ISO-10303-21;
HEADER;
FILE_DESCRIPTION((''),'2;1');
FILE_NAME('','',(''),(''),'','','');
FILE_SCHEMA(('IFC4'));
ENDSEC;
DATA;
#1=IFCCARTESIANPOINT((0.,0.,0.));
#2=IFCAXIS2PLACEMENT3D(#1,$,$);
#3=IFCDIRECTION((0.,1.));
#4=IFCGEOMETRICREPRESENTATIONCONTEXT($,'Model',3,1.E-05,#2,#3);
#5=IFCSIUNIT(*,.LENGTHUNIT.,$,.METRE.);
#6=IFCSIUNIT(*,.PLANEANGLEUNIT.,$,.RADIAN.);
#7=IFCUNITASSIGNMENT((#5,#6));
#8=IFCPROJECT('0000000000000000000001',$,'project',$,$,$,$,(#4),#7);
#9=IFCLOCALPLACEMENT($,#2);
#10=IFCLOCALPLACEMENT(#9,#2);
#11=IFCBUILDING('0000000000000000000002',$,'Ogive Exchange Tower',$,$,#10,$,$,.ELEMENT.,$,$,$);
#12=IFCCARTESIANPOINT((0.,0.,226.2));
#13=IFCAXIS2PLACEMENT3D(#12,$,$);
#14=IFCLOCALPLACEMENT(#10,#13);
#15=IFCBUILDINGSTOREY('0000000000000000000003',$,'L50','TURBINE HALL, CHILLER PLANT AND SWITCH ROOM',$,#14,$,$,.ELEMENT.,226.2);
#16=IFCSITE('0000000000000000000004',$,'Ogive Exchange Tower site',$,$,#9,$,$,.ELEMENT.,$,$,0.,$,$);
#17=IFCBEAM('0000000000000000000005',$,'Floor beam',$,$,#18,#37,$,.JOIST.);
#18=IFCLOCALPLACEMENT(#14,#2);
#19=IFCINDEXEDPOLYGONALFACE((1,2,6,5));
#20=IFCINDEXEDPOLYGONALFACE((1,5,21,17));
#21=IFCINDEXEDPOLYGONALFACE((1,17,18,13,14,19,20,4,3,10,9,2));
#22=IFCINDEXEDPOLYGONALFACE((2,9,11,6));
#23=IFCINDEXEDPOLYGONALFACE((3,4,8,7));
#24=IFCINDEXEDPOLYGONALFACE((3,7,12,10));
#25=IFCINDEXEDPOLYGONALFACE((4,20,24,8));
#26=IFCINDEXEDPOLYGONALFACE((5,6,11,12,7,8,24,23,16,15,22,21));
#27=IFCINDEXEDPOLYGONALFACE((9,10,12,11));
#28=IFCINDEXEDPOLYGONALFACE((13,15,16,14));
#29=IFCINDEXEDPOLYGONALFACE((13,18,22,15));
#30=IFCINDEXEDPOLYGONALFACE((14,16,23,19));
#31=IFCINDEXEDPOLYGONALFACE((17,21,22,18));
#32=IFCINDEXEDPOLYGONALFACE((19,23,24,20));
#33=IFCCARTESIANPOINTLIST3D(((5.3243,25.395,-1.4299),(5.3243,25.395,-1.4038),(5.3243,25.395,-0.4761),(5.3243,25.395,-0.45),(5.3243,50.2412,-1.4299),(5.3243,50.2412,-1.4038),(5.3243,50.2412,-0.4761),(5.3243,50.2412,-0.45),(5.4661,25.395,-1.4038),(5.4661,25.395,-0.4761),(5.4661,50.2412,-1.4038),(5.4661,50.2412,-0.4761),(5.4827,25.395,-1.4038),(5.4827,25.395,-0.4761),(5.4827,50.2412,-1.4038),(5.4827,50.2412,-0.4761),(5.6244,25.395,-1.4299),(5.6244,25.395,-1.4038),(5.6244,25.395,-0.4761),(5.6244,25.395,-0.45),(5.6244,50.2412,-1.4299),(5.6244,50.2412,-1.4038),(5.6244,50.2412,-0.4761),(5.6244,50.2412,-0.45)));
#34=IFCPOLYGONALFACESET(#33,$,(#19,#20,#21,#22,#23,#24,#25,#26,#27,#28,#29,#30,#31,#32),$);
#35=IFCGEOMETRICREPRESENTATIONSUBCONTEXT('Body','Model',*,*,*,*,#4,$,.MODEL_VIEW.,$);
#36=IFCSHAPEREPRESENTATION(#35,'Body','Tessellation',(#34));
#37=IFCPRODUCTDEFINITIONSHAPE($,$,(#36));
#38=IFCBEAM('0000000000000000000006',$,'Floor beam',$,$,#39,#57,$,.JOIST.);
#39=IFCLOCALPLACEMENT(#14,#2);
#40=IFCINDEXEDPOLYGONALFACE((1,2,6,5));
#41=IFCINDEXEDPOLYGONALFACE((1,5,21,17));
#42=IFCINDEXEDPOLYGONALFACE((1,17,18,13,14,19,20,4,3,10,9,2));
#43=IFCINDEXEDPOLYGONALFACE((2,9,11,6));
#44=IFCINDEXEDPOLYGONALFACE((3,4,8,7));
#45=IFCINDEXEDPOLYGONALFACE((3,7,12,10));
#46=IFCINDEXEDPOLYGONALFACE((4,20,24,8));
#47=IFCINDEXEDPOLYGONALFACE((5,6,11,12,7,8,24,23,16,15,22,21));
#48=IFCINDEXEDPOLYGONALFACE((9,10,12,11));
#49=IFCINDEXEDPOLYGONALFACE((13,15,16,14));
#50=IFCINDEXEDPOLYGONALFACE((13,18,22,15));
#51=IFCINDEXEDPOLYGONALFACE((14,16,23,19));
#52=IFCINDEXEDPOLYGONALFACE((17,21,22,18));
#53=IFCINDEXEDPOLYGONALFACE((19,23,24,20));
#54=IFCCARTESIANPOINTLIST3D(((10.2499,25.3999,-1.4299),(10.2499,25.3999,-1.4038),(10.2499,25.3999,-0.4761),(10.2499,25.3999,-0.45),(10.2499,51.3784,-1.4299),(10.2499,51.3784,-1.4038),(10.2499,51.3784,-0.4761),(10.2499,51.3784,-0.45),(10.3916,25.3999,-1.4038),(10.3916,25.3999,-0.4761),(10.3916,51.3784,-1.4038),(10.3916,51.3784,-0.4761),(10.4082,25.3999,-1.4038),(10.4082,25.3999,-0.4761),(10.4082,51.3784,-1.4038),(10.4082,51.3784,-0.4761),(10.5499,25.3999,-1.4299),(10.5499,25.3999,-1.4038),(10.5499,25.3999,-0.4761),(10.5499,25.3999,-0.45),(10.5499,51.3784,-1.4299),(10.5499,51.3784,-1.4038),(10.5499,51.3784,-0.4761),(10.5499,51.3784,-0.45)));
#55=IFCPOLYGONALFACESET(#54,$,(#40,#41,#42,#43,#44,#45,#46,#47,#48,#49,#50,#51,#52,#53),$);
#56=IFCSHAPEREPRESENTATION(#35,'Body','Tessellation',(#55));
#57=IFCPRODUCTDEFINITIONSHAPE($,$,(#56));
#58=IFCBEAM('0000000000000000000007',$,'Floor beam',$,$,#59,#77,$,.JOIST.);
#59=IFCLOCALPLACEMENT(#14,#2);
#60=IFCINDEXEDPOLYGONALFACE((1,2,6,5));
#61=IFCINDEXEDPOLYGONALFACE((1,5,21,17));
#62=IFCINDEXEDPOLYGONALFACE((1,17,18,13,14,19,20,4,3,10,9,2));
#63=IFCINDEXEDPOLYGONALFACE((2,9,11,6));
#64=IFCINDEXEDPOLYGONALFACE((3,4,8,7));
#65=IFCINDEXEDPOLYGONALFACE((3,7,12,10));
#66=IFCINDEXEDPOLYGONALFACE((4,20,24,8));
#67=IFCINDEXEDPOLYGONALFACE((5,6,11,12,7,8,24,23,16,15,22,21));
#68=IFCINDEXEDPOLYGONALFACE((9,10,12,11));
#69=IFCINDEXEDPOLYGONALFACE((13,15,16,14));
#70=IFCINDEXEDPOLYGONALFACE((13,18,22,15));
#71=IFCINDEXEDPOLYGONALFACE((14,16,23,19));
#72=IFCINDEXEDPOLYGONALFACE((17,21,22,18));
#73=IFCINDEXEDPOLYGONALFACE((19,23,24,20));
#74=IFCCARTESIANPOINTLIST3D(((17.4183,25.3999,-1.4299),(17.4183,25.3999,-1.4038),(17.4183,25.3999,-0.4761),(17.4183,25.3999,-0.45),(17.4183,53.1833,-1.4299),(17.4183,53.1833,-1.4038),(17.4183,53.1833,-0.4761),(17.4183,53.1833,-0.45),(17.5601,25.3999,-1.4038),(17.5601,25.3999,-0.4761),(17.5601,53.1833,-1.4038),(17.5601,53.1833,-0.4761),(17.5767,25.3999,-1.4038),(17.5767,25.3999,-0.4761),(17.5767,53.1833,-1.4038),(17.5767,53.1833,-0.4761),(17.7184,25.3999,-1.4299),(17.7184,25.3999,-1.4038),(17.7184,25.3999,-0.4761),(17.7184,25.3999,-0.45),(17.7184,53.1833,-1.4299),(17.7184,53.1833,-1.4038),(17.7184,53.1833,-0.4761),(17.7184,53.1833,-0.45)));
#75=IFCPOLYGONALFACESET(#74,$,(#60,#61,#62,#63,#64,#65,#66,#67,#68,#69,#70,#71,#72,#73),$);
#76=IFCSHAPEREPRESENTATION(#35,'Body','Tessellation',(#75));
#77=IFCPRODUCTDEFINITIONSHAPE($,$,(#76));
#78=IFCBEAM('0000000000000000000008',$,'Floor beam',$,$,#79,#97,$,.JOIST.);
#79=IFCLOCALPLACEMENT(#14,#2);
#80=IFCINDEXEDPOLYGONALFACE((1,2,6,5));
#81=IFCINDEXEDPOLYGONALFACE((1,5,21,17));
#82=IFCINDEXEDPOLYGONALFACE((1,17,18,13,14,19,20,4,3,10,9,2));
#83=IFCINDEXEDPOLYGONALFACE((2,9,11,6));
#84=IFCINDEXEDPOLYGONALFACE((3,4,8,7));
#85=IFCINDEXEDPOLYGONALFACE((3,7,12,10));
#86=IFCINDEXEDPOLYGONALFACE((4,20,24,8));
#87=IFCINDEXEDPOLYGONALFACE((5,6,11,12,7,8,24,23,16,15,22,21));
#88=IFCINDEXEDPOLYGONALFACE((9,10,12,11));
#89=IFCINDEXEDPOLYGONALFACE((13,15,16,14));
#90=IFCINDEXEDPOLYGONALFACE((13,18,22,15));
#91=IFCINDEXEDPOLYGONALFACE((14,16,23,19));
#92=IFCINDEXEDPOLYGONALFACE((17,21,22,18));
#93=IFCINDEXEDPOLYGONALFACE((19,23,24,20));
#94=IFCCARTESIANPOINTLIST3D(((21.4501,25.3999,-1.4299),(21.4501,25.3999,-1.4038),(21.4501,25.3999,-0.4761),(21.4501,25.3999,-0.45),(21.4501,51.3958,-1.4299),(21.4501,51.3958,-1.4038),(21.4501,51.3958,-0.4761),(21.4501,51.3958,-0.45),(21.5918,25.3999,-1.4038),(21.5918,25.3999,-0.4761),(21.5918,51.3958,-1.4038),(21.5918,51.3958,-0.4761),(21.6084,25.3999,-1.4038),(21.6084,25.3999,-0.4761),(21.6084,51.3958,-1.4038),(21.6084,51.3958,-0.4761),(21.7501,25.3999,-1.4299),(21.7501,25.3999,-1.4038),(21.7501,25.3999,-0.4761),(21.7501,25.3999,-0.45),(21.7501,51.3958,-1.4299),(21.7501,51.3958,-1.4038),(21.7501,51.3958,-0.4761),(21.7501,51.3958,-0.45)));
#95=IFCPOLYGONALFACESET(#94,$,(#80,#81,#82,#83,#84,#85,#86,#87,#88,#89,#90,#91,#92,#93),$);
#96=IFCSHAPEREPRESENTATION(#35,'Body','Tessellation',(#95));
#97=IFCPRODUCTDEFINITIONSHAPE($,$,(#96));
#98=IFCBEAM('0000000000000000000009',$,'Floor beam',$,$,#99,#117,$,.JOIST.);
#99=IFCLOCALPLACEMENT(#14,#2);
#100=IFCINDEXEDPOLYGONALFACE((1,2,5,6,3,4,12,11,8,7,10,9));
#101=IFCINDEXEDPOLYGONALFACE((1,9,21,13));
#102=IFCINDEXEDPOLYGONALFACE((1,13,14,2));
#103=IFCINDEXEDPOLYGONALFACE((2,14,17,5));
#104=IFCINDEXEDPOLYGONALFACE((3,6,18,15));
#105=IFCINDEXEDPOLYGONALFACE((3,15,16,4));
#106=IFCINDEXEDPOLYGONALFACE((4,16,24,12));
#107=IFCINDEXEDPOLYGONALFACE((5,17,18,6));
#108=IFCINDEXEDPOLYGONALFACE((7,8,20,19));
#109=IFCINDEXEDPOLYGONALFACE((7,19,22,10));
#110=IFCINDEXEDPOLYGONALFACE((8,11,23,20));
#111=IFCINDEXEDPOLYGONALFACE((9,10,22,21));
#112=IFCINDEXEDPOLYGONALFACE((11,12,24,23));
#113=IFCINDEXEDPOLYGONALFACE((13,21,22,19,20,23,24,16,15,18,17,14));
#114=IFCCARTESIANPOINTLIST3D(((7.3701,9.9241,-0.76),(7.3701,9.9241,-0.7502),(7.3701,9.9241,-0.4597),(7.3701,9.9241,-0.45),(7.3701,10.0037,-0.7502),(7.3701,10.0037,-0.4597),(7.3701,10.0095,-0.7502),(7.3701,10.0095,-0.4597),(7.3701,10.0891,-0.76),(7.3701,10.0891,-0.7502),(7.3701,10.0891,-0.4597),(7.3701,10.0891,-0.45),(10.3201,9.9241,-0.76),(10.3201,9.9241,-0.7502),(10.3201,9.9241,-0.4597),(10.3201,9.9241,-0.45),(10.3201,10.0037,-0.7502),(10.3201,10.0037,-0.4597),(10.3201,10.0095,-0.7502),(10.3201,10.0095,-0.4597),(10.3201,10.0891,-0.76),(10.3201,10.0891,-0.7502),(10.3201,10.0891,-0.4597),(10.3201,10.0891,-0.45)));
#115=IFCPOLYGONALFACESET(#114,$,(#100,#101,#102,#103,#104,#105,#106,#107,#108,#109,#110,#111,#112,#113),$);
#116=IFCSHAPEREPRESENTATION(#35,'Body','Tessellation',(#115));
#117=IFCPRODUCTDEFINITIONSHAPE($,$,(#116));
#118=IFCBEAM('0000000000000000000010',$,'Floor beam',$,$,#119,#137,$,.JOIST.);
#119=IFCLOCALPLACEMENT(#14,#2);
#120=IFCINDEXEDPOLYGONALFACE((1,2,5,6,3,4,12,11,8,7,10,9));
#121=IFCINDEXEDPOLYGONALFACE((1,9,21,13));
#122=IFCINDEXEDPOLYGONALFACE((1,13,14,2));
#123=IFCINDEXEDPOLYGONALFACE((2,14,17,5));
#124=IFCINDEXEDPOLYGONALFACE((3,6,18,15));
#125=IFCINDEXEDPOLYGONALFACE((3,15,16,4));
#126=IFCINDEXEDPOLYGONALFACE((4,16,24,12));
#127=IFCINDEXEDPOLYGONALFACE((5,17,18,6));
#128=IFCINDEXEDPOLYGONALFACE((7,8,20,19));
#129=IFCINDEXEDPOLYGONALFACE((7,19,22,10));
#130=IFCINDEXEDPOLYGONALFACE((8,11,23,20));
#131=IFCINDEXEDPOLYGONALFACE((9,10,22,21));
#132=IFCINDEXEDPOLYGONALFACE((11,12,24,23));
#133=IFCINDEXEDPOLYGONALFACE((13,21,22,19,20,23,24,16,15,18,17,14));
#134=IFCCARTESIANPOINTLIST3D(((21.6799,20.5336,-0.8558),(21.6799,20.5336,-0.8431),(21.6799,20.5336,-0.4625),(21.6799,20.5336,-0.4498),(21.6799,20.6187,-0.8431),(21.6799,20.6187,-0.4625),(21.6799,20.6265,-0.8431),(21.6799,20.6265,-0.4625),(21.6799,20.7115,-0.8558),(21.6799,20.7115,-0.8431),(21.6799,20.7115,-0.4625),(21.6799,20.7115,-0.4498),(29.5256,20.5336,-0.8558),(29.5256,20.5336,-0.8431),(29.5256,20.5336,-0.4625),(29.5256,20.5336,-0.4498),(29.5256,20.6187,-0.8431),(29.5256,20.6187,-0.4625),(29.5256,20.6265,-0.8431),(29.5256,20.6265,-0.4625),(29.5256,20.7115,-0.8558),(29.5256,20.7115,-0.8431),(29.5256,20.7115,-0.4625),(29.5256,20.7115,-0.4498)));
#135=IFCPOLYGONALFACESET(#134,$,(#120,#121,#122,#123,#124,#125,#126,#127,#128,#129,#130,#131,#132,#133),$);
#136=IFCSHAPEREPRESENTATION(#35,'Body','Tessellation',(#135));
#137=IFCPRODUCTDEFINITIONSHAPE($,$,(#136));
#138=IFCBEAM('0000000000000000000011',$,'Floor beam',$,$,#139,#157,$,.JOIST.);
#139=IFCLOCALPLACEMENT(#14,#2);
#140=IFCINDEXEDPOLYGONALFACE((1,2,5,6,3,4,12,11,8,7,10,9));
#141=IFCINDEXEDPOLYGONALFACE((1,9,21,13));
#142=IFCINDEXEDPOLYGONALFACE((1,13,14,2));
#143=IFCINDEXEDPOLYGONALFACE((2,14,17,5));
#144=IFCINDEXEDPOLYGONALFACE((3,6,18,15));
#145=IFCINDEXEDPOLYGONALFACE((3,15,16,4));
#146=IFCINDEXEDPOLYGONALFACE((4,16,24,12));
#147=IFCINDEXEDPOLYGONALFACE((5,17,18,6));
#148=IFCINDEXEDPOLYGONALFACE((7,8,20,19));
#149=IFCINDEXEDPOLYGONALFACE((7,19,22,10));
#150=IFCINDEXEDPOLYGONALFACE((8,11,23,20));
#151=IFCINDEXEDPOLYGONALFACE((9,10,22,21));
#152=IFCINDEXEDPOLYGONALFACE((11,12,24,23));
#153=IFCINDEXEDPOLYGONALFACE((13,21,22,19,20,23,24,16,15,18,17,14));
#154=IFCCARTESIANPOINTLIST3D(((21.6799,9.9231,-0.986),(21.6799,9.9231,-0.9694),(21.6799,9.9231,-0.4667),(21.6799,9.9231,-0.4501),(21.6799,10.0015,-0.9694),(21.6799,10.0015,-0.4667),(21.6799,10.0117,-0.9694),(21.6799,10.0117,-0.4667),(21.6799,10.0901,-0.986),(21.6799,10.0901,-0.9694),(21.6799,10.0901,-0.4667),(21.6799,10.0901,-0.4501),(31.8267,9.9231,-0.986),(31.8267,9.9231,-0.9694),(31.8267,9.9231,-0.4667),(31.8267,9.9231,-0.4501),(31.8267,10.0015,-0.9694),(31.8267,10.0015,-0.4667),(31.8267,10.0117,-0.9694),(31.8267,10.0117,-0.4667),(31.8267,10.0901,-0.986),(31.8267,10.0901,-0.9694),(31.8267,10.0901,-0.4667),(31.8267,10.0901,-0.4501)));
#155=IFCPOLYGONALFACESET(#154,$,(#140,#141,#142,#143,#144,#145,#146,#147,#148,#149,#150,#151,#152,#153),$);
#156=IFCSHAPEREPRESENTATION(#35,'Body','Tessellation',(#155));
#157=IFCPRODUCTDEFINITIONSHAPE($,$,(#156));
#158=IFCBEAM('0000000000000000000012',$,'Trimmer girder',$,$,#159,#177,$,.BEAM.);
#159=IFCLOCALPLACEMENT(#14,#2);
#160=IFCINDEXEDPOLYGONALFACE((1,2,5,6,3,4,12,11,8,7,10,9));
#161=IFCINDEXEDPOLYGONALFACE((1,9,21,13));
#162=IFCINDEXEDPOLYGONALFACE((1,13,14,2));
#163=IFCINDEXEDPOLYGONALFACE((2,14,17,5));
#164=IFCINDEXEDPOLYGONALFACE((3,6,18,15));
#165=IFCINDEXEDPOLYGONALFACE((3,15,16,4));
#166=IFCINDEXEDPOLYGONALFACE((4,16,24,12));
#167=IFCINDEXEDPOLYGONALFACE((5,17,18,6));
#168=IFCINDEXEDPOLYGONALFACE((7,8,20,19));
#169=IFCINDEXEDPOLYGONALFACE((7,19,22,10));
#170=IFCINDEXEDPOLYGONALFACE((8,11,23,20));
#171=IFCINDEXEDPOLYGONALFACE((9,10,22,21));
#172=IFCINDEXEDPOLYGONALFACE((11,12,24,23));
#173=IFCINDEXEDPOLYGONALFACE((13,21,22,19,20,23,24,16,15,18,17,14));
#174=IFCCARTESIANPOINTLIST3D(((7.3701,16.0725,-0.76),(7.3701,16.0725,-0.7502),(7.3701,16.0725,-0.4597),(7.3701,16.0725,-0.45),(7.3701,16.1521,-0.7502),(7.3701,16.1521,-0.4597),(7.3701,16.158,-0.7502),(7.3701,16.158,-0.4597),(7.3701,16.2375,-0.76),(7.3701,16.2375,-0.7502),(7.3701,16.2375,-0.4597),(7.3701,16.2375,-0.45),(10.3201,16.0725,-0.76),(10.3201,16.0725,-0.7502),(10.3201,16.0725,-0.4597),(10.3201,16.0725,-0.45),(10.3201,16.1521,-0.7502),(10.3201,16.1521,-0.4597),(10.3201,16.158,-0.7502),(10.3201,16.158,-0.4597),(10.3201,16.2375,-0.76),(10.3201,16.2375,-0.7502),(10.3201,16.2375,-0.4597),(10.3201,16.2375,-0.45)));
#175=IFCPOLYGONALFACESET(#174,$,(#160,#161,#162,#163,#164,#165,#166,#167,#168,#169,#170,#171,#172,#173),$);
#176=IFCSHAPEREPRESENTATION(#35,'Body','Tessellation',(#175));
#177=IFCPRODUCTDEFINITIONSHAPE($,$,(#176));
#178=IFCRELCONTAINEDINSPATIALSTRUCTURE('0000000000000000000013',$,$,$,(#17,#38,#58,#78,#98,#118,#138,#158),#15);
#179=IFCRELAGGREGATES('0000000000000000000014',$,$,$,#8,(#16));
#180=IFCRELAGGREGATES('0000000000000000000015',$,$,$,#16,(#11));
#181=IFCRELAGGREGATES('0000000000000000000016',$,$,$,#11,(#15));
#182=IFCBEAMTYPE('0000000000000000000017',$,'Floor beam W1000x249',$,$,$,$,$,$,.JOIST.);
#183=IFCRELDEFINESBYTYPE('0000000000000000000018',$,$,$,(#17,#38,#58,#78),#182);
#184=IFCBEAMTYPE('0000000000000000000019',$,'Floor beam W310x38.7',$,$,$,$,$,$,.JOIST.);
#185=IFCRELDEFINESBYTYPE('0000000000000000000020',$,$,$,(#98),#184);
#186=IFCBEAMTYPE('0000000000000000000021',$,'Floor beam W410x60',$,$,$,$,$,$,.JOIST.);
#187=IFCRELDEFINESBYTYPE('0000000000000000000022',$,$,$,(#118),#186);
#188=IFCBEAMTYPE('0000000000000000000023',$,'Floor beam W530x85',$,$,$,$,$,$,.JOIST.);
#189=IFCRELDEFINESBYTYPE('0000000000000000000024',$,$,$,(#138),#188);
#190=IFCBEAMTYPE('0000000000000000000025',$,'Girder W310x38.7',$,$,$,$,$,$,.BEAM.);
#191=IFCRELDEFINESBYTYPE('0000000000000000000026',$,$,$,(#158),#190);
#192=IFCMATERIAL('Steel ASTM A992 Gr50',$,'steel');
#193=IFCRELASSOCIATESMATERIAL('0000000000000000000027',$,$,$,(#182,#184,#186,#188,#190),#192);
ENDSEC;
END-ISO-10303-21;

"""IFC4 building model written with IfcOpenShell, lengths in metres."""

from ifc_helpers import new_model, si_unit, direction, frame, origin, origin_2d, place, context, subcontext, project, spatial, i_section, extrude, material, material_profile, profile_set, type_object, element, save


model = new_model("IFC4")

# Units and contexts
model_context = context("Model", 3, precision=1e-05, world=origin(), true_north=direction((0.0, 1.0)))
body_context = subcontext(model_context, "Body", "Model", "MODEL_VIEW")
ifc_project = project(units=[si_unit("LENGTHUNIT", "METRE"), si_unit("PLANEANGLEUNIT", "RADIAN")], contexts=[model_context])

# Site, building, storey
site_placement = place(None, origin())
site = spatial("IfcSite", under=ifc_project, at=site_placement, Name="Ogive Exchange Tower site", CompositionType="ELEMENT", RefElevation=0.0)
building_placement = place(site_placement, origin())
building = spatial("IfcBuilding", under=site, at=building_placement, Name="Ogive Exchange Tower", CompositionType="ELEMENT")
storey_placement = place(building_placement, frame((0.0, 0.0, 226.2)))
storey = spatial("IfcBuildingStorey", under=building, at=storey_placement, Name="L50", Description="TURBINE HALL, CHILLER PLANT AND SWITCH ROOM", CompositionType="ELEMENT", Elevation=226.2)

# Beams
ifc_material_1 = material(Name="Steel ASTM A992 Gr50", Category="steel")
ifc_material_profile_1 = material_profile(ifc_material_1, i_section(OverallWidth=0.3, OverallDepth=0.98, WebThickness=0.0166, FlangeThickness=0.0261, at=origin_2d()), Name="W1000x249")
ifc_profile_set_1 = profile_set([ifc_material_profile_1], Name="Steel ASTM A992 Gr50")
beam_type_1 = type_object("IfcBeamType", Name="Floor beam W1000x249", PredefinedType="JOIST", material=ifc_profile_set_1)
beam_1_placement = place(storey_placement, frame((5.4744, 25.395, -0.9399), z_axis=(0.0, 1.0, 0.0), x_axis=(-1.0, 0.0, 0.0)))
element("IfcBeam", 1, at=beam_1_placement, inside=storey, type_object=beam_type_1, Name="Floor beam", PredefinedType="JOIST", context=body_context, shape_type="SweptSolid", body=[
    extrude(i_section(OverallWidth=0.3, OverallDepth=0.98, WebThickness=0.0166, FlangeThickness=0.0261, at=origin_2d()), origin(), (0.0, 0.0, 1.0), 24.8462),
])
beam_2_placement = place(storey_placement, frame((10.3999, 25.3999, -0.9399), z_axis=(0.0, 1.0, 0.0), x_axis=(-1.0, 0.0, 0.0)))
element("IfcBeam", 2, at=beam_2_placement, inside=storey, type_object=beam_type_1, Name="Floor beam", PredefinedType="JOIST", context=body_context, shape_type="SweptSolid", body=[
    extrude(i_section(OverallWidth=0.3, OverallDepth=0.98, WebThickness=0.0166, FlangeThickness=0.0261, at=origin_2d()), origin(), (0.0, 0.0, 1.0), 25.9785),
])
beam_3_placement = place(storey_placement, frame((17.5684, 25.3999, -0.9399), z_axis=(0.0, 1.0, 0.0), x_axis=(-1.0, 0.0, 0.0)))
element("IfcBeam", 3, at=beam_3_placement, inside=storey, type_object=beam_type_1, Name="Floor beam", PredefinedType="JOIST", context=body_context, shape_type="SweptSolid", body=[
    extrude(i_section(OverallWidth=0.3, OverallDepth=0.98, WebThickness=0.0166, FlangeThickness=0.0261, at=origin_2d()), origin(), (0.0, 0.0, 1.0), 27.7834),
])
beam_4_placement = place(storey_placement, frame((21.6001, 25.3999, -0.9399), z_axis=(0.0, 1.0, 0.0), x_axis=(-1.0, 0.0, 0.0)))
element("IfcBeam", 4, at=beam_4_placement, inside=storey, type_object=beam_type_1, Name="Floor beam", PredefinedType="JOIST", context=body_context, shape_type="SweptSolid", body=[
    extrude(i_section(OverallWidth=0.3, OverallDepth=0.98, WebThickness=0.0166, FlangeThickness=0.0261, at=origin_2d()), origin(), (0.0, 0.0, 1.0), 25.9958),
])
ifc_material_profile_2 = material_profile(ifc_material_1, i_section(OverallWidth=0.165, OverallDepth=0.3101, WebThickness=0.0059, FlangeThickness=0.0098, at=origin_2d()), Name="W310x38.7")
ifc_profile_set_2 = profile_set([ifc_material_profile_2], Name="Steel ASTM A992 Gr50")
beam_type_2 = type_object("IfcBeamType", Name="Floor beam W310x38.7", PredefinedType="JOIST", material=ifc_profile_set_2)
beam_5_placement = place(storey_placement, frame((7.3701, 10.0066, -0.605), z_axis=(1.0, 0.0, 0.0), x_axis=(0.0, 1.0, 0.0)))
element("IfcBeam", 5, at=beam_5_placement, inside=storey, type_object=beam_type_2, Name="Floor beam", PredefinedType="JOIST", context=body_context, shape_type="SweptSolid", body=[
    extrude(i_section(OverallWidth=0.165, OverallDepth=0.3101, WebThickness=0.0059, FlangeThickness=0.0098, at=origin_2d()), origin(), (0.0, 0.0, 1.0), 2.95),
])
ifc_material_profile_3 = material_profile(ifc_material_1, i_section(OverallWidth=0.178, OverallDepth=0.406, WebThickness=0.0078, FlangeThickness=0.0127, at=origin_2d()), Name="W410x60")
ifc_profile_set_3 = profile_set([ifc_material_profile_3], Name="Steel ASTM A992 Gr50")
beam_type_3 = type_object("IfcBeamType", Name="Floor beam W410x60", PredefinedType="JOIST", material=ifc_profile_set_3)
beam_6_placement = place(storey_placement, frame((21.6799, 20.6226, -0.6528), z_axis=(1.0, 0.0, 0.0), x_axis=(0.0, 1.0, 0.0)))
element("IfcBeam", 6, at=beam_6_placement, inside=storey, type_object=beam_type_3, Name="Floor beam", PredefinedType="JOIST", context=body_context, shape_type="SweptSolid", body=[
    extrude(i_section(OverallWidth=0.178, OverallDepth=0.406, WebThickness=0.0078, FlangeThickness=0.0127, at=origin_2d()), origin(), (0.0, 0.0, 1.0), 7.8457),
])
ifc_material_profile_4 = material_profile(ifc_material_1, i_section(OverallWidth=0.167, OverallDepth=0.5359, WebThickness=0.0103, FlangeThickness=0.0166, at=origin_2d()), Name="W530x85")
ifc_profile_set_4 = profile_set([ifc_material_profile_4], Name="Steel ASTM A992 Gr50")
beam_type_4 = type_object("IfcBeamType", Name="Floor beam W530x85", PredefinedType="JOIST", material=ifc_profile_set_4)
beam_7_placement = place(storey_placement, frame((21.6799, 10.0066, -0.718), z_axis=(1.0, 0.0, 0.0), x_axis=(0.0, 1.0, 0.0)))
element("IfcBeam", 7, at=beam_7_placement, inside=storey, type_object=beam_type_4, Name="Floor beam", PredefinedType="JOIST", context=body_context, shape_type="SweptSolid", body=[
    extrude(i_section(OverallWidth=0.167, OverallDepth=0.5359, WebThickness=0.0103, FlangeThickness=0.0166, at=origin_2d()), origin(), (0.0, 0.0, 1.0), 10.1467),
])
ifc_material_profile_5 = material_profile(ifc_material_1, i_section(OverallWidth=0.165, OverallDepth=0.3101, WebThickness=0.0059, FlangeThickness=0.0098, at=origin_2d()), Name="W310x38.7")
ifc_profile_set_5 = profile_set([ifc_material_profile_5], Name="Steel ASTM A992 Gr50")
beam_type_5 = type_object("IfcBeamType", Name="Girder W310x38.7", PredefinedType="BEAM", material=ifc_profile_set_5)
beam_8_placement = place(storey_placement, frame((7.3701, 16.155, -0.605), z_axis=(1.0, 0.0, 0.0), x_axis=(0.0, 1.0, 0.0)))
element("IfcBeam", 8, at=beam_8_placement, inside=storey, type_object=beam_type_5, Name="Trimmer girder", PredefinedType="BEAM", context=body_context, shape_type="SweptSolid", body=[
    extrude(i_section(OverallWidth=0.165, OverallDepth=0.3101, WebThickness=0.0059, FlangeThickness=0.0098, at=origin_2d()), origin(), (0.0, 0.0, 1.0), 2.95),
])

save(model, "model.ifc")
